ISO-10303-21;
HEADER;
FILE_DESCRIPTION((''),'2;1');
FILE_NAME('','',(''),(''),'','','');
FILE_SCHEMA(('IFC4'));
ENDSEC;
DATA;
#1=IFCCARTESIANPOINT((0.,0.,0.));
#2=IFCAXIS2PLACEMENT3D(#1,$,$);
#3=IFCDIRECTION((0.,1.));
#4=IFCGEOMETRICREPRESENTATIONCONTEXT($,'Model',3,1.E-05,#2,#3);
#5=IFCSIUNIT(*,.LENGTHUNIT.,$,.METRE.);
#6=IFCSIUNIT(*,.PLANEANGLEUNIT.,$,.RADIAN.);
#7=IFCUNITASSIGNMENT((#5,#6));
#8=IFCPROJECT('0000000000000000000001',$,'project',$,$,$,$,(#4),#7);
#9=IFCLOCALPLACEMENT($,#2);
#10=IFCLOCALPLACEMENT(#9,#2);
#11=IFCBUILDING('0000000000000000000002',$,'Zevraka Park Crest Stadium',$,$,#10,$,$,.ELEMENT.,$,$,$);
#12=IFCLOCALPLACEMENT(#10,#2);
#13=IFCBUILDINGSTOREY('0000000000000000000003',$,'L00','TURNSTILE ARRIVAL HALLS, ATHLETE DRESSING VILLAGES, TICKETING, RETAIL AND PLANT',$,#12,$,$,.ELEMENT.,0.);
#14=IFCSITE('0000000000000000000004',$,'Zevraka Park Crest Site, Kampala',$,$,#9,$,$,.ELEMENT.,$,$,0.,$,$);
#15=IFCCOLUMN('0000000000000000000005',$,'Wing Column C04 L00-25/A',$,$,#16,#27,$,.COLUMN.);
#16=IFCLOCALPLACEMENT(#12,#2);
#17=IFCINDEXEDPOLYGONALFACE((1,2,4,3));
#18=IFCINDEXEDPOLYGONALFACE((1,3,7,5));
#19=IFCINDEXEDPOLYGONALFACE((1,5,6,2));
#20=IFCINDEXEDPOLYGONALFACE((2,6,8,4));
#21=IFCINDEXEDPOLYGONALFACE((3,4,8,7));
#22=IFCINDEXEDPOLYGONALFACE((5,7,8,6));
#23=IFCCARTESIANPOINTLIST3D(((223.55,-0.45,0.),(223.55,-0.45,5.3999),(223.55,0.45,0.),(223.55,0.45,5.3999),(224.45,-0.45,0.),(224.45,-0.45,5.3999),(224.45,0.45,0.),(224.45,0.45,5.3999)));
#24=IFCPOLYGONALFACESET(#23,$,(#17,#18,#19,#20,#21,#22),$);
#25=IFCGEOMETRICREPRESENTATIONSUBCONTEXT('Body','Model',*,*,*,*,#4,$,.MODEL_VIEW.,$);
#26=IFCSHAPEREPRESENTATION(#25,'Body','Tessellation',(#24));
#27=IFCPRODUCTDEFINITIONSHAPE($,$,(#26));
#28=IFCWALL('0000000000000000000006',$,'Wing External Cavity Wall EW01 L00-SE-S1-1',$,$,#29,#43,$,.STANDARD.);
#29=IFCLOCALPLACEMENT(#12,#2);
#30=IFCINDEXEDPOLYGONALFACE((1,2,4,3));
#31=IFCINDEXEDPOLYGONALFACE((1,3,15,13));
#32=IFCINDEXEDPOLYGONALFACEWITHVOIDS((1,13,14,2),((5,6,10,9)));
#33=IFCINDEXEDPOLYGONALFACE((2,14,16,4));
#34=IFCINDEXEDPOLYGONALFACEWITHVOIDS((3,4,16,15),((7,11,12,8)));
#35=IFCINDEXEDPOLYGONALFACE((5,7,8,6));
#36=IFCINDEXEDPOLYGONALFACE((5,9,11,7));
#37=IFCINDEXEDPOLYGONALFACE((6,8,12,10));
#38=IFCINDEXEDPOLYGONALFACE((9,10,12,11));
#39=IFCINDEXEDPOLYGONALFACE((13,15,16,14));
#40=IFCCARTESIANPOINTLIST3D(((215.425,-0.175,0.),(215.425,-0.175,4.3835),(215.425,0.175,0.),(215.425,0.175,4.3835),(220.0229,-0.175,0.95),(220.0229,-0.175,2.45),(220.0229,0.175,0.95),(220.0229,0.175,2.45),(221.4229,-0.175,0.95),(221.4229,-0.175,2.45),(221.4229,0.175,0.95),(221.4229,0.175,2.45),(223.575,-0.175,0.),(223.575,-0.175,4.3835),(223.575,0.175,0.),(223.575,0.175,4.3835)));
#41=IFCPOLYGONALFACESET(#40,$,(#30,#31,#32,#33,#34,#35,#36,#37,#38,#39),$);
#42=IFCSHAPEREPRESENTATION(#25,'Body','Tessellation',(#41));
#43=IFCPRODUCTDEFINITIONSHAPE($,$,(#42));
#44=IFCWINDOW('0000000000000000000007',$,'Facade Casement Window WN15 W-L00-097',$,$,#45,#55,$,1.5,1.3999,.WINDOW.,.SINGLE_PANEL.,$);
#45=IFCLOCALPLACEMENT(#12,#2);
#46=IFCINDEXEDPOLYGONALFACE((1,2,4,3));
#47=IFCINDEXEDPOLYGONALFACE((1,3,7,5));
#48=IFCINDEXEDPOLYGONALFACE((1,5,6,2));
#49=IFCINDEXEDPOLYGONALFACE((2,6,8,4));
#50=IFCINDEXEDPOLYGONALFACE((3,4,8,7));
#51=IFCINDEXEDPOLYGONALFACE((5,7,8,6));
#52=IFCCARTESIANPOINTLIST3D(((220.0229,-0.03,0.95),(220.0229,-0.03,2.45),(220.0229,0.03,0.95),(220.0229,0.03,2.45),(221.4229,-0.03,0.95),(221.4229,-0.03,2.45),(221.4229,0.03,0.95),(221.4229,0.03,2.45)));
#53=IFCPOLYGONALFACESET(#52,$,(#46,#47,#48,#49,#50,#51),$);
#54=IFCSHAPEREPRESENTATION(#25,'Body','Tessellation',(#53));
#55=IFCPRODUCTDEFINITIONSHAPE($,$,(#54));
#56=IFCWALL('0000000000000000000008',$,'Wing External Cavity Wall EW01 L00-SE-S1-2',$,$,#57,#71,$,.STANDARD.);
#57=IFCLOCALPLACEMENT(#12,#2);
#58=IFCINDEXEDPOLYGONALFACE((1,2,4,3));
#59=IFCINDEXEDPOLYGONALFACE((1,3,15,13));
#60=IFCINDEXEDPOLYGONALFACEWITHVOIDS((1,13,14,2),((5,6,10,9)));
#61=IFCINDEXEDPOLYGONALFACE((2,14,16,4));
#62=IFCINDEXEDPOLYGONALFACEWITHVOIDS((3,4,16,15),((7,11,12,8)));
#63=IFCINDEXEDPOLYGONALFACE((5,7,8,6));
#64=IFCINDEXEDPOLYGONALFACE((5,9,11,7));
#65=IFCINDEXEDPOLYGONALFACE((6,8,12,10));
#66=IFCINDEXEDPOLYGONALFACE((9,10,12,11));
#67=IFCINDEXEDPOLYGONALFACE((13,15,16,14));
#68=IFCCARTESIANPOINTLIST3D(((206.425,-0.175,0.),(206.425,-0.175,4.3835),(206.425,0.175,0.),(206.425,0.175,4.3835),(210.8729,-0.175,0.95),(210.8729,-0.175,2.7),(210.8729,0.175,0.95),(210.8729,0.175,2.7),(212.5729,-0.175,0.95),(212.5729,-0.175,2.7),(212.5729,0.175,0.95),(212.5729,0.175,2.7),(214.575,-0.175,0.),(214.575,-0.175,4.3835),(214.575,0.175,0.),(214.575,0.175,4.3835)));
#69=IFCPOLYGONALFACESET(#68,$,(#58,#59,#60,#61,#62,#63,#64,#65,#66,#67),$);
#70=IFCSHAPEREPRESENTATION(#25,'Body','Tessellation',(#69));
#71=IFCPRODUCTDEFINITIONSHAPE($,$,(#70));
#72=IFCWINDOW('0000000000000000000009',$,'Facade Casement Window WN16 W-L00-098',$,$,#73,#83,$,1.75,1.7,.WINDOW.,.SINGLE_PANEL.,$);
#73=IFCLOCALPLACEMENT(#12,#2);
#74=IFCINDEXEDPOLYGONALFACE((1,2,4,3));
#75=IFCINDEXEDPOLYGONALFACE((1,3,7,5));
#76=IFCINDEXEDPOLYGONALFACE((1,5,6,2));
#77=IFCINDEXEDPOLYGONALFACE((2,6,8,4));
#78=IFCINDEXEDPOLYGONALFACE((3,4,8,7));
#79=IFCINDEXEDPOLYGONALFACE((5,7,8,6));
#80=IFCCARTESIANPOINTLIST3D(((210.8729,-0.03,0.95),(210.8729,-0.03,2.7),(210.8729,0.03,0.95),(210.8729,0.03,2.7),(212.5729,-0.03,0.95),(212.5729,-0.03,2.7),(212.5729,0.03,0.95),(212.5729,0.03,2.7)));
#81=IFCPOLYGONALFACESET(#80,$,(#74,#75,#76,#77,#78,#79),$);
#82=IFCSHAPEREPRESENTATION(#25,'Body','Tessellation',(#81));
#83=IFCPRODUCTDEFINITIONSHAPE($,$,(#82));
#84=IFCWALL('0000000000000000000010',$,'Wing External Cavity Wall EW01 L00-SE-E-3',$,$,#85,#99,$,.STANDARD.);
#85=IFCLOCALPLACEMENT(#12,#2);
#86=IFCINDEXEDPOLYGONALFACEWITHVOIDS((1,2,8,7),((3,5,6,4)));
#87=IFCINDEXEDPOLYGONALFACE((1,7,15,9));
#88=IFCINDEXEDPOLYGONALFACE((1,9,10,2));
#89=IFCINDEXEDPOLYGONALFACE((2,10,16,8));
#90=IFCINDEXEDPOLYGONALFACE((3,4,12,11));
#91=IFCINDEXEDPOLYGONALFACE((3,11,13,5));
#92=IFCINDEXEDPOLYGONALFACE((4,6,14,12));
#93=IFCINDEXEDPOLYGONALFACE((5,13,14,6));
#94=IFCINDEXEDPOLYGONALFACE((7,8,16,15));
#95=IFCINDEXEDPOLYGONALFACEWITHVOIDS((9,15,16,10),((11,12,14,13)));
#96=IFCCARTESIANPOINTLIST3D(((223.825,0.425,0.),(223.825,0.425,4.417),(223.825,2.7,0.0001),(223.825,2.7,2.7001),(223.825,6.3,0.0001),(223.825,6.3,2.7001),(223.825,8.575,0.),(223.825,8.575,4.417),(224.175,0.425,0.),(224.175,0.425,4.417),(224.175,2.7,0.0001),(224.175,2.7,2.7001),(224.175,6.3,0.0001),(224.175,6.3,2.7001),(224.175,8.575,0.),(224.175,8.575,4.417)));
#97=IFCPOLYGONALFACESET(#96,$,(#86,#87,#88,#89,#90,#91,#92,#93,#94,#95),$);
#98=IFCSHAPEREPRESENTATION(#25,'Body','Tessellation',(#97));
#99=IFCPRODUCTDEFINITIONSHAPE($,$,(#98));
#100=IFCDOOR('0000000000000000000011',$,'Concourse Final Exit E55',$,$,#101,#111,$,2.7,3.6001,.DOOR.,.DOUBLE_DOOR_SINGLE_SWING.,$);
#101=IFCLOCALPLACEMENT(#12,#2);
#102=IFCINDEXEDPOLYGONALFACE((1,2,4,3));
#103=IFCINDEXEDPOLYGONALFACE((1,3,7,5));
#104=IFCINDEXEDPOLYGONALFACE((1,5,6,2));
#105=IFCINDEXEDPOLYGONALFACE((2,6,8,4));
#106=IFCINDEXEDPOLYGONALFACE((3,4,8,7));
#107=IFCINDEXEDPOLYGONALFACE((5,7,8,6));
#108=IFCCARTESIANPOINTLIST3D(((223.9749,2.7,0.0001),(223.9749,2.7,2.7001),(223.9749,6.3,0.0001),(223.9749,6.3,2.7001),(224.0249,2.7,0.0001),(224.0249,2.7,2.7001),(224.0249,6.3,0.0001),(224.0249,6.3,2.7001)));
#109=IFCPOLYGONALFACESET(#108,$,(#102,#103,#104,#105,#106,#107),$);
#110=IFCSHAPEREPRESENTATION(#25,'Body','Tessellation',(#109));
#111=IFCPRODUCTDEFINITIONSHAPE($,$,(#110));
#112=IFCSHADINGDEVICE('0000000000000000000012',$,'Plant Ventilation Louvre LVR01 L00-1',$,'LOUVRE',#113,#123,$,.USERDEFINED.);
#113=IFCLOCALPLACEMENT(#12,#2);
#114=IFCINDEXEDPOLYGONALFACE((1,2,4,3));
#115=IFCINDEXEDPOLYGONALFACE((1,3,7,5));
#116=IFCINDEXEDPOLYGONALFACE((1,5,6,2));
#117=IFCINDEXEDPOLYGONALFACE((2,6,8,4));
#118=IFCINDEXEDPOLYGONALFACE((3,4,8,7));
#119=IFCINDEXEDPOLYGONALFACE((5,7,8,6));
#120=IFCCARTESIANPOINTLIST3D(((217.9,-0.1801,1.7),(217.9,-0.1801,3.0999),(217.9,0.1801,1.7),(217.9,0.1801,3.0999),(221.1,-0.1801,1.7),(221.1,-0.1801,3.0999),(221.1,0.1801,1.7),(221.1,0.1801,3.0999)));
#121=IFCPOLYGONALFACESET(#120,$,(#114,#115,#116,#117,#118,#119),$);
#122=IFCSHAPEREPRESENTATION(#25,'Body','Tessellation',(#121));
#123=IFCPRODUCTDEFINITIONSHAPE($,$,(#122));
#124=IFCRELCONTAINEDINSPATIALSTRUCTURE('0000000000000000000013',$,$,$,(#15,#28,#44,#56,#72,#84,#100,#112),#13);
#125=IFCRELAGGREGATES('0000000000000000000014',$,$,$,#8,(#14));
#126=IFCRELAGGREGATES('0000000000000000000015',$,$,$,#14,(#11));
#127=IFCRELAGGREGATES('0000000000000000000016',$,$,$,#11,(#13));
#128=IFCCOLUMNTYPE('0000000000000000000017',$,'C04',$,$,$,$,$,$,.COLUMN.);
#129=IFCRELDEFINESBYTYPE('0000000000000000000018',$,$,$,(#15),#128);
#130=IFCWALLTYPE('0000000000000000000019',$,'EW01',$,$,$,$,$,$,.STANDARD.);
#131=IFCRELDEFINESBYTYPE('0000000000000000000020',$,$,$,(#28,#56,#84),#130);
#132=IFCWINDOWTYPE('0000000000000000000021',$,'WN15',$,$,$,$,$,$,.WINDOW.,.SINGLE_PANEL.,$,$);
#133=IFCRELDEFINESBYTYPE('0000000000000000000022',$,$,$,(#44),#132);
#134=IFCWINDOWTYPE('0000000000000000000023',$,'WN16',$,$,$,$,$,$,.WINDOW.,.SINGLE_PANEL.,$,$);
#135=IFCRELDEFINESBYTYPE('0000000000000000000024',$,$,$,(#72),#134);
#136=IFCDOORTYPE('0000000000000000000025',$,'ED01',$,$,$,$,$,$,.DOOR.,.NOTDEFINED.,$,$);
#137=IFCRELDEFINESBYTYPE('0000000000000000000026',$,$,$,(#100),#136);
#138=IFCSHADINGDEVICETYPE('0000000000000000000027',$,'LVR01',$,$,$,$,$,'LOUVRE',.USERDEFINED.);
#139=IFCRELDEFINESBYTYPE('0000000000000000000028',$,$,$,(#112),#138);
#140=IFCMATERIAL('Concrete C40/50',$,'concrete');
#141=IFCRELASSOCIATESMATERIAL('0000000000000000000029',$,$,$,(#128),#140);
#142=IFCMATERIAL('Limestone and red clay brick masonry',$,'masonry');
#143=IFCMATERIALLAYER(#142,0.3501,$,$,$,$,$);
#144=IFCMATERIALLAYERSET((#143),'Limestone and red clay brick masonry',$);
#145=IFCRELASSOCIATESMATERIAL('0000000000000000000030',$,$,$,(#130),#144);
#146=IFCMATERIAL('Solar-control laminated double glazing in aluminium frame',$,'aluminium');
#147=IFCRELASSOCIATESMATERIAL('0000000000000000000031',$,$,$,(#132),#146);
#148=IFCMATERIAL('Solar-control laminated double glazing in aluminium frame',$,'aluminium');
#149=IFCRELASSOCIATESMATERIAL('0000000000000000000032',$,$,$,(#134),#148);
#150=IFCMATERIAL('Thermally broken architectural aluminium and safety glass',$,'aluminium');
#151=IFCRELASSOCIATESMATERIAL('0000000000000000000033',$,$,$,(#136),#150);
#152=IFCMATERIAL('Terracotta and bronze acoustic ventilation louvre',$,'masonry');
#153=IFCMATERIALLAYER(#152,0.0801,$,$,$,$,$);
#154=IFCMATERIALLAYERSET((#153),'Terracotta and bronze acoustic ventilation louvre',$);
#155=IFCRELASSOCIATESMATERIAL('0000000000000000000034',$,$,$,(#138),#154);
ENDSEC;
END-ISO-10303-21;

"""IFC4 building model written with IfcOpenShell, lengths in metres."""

from ifc_helpers import new_model, si_unit, direction, frame, frame_2d, origin, origin_2d, place, context, subcontext, project, spatial, rectangle, extrude, material, layer, layer_set, material_profile, profile_set, type_object, element, fill, save


model = new_model("IFC4")

# Units and contexts
model_context = context("Model", 3, precision=1e-05, world=origin(), true_north=direction((0.0, 1.0)))
body_context = subcontext(model_context, "Body", "Model", "MODEL_VIEW")
ifc_project = project(units=[si_unit("LENGTHUNIT", "METRE"), si_unit("PLANEANGLEUNIT", "RADIAN")], contexts=[model_context])

# Site, building, storey
site_placement = place(None, origin())
site = spatial("IfcSite", under=ifc_project, at=site_placement, Name="Zevraka Park Crest Site, Kampala", CompositionType="ELEMENT", RefElevation=0.0)
building_placement = place(site_placement, origin())
building = spatial("IfcBuilding", under=site, at=building_placement, Name="Zevraka Park Crest Stadium", CompositionType="ELEMENT")
storey_placement = place(building_placement, origin())
storey = spatial("IfcBuildingStorey", under=building, at=storey_placement, Name="L00", Description="TURNSTILE ARRIVAL HALLS, ATHLETE DRESSING VILLAGES, TICKETING, RETAIL AND PLANT", CompositionType="ELEMENT", Elevation=0.0)

# Column
ifc_material_1 = material(Name="Concrete C40/50", Category="concrete")
ifc_material_profile_1 = material_profile(ifc_material_1, rectangle(XDim=0.8999, YDim=0.8999, at=origin_2d()), Name="RC 900x900")
ifc_profile_set_1 = profile_set([ifc_material_profile_1], Name="Concrete C40/50")
column_type = type_object("IfcColumnType", Name="C04", PredefinedType="COLUMN", material=ifc_profile_set_1)
for number, where, z_axis, x_axis, name in (
    (1, (224.0, 0.0, 0.0), (0.0, 0.0, 1.0), (1.0, 0.0, 0.0), "Wing Column C04 L00-25/A"),
):
    element("IfcColumn", number, at=place(storey_placement, frame(where, z_axis=z_axis, x_axis=x_axis)), inside=storey, type_object=column_type, Name=name, PredefinedType="COLUMN", context=body_context, shape_type="SweptSolid", body=[
        extrude(rectangle(XDim=0.8999, YDim=0.8999, at=origin_2d()), origin(), (0.0, 0.0, 1.0), 5.3999),
    ])

# Walls, openings, windows
ifc_material_2 = material(Name="Limestone and red clay brick masonry", Category="masonry")
ifc_layer_1 = layer(ifc_material_2, 0.3501)
ifc_layer_set_1 = layer_set([ifc_layer_1], Name="Limestone and red clay brick masonry")
wall_type = type_object("IfcWallType", Name="EW01", PredefinedType="STANDARD", material=ifc_layer_set_1)
wall_1_placement = place(storey_placement, frame((223.575, 0.0, 0.0), z_axis=(0.0, 0.0, 1.0), x_axis=(-1.0, 0.0, 0.0)))
wall_1 = element("IfcWall", 2, at=wall_1_placement, inside=storey, type_object=wall_type, Name="Wing External Cavity Wall EW01 L00-SE-S1-1", PredefinedType="STANDARD", context=body_context, shape_type="SweptSolid", body=[
    extrude(rectangle(XDim=8.1499, YDim=0.3501, at=frame_2d((4.075, 0.0))), origin(), (0.0, 0.0, 1.0), 4.3835),
])
opening_1_placement = place(wall_1_placement, frame((2.1521, 0.0, 0.95)))
opening_1 = element("IfcOpeningElement", 3, at=opening_1_placement, cuts=wall_1, PredefinedType="OPENING", context=body_context, shape_type="SweptSolid", body=[
    extrude(rectangle(XDim=1.3999, YDim=1.5, at=frame_2d((0.7, 0.75))), frame((0.0, 0.1851, 0.0), z_axis=(0.0, -1.0, 0.0), x_axis=(1.0, 0.0, 0.0)), (0.0, 0.0, 1.0), 0.3701),
])
ifc_material_3 = material(Name="Solar-control laminated double glazing in aluminium frame", Category="aluminium")
window_type_1 = type_object("IfcWindowType", Name="WN15", PartitioningType="SINGLE_PANEL", PredefinedType="WINDOW", material=ifc_material_3)
window_1_placement = place(opening_1_placement, origin())
window_1 = element("IfcWindow", 4, at=window_1_placement, inside=storey, type_object=window_type_1, Name="Facade Casement Window WN15 W-L00-097", OverallHeight=1.5, OverallWidth=1.3999, PartitioningType="SINGLE_PANEL", PredefinedType="WINDOW", context=body_context, shape_type="SweptSolid", body=[
    extrude(rectangle(XDim=1.3999, YDim=1.5, at=frame_2d((0.7, 0.75))), frame((0.0, 0.03, 0.0), z_axis=(0.0, -1.0, 0.0), x_axis=(1.0, 0.0, 0.0)), (0.0, 0.0, 1.0), 0.0601),
])
fill(opening_1, window_1)
wall_2_placement = place(storey_placement, frame((214.575, 0.0, 0.0), z_axis=(0.0, 0.0, 1.0), x_axis=(-1.0, 0.0, 0.0)))
wall_2 = element("IfcWall", 5, at=wall_2_placement, inside=storey, type_object=wall_type, Name="Wing External Cavity Wall EW01 L00-SE-S1-2", PredefinedType="STANDARD", context=body_context, shape_type="SweptSolid", body=[
    extrude(rectangle(XDim=8.1499, YDim=0.3501, at=frame_2d((4.075, 0.0))), origin(), (0.0, 0.0, 1.0), 4.3835),
])
opening_2_placement = place(wall_2_placement, frame((2.002, 0.0, 0.95)))
opening_2 = element("IfcOpeningElement", 6, at=opening_2_placement, cuts=wall_2, PredefinedType="OPENING", context=body_context, shape_type="SweptSolid", body=[
    extrude(rectangle(XDim=1.7, YDim=1.75, at=frame_2d((0.8501, 0.875))), frame((0.0, 0.1851, 0.0), z_axis=(0.0, -1.0, 0.0), x_axis=(1.0, 0.0, 0.0)), (0.0, 0.0, 1.0), 0.3701),
])
ifc_material_4 = material(Name="Solar-control laminated double glazing in aluminium frame", Category="aluminium")
window_type_2 = type_object("IfcWindowType", Name="WN16", PartitioningType="SINGLE_PANEL", PredefinedType="WINDOW", material=ifc_material_4)
window_2_placement = place(opening_2_placement, origin())
window_2 = element("IfcWindow", 7, at=window_2_placement, inside=storey, type_object=window_type_2, Name="Facade Casement Window WN16 W-L00-098", OverallHeight=1.75, OverallWidth=1.7, PartitioningType="SINGLE_PANEL", PredefinedType="WINDOW", context=body_context, shape_type="SweptSolid", body=[
    extrude(rectangle(XDim=1.7, YDim=1.75, at=frame_2d((0.8501, 0.875))), frame((0.0, 0.03, 0.0), z_axis=(0.0, -1.0, 0.0), x_axis=(1.0, 0.0, 0.0)), (0.0, 0.0, 1.0), 0.0601),
])
fill(opening_2, window_2)

# Wall, opening, door
wall_3_placement = place(storey_placement, frame((224.0, 8.575, 0.0), z_axis=(0.0, 0.0, 1.0), x_axis=(0.0, -1.0, 0.0)))
wall_3 = element("IfcWall", 8, at=wall_3_placement, inside=storey, type_object=wall_type, Name="Wing External Cavity Wall EW01 L00-SE-E-3", PredefinedType="STANDARD", context=body_context, shape_type="SweptSolid", body=[
    extrude(rectangle(XDim=8.1499, YDim=0.3501, at=frame_2d((4.075, 0.0))), origin(), (0.0, 0.0, 1.0), 4.417),
])
opening_3_placement = place(wall_3_placement, frame((2.2749, 0.0, 0.0)))
opening_3 = element("IfcOpeningElement", 9, at=opening_3_placement, cuts=wall_3, PredefinedType="OPENING", context=body_context, shape_type="SweptSolid", body=[
    extrude(rectangle(XDim=3.6001, YDim=2.7, at=frame_2d((1.8, 1.3501))), frame((0.0, 0.1851, 0.0), z_axis=(0.0, -1.0, 0.0), x_axis=(1.0, 0.0, 0.0)), (0.0, 0.0, 1.0), 0.3701),
])
ifc_material_5 = material(Name="Thermally broken architectural aluminium and safety glass", Category="aluminium")
door_type = type_object("IfcDoorType", Name="ED01", OperationType="NOTDEFINED", PredefinedType="DOOR", material=ifc_material_5)
door_placement = place(opening_3_placement, origin())
door = element("IfcDoor", 10, at=door_placement, inside=storey, type_object=door_type, Name="Concourse Final Exit E55", OperationType="DOUBLE_DOOR_SINGLE_SWING", OverallHeight=2.7, OverallWidth=3.6001, PredefinedType="DOOR", context=body_context, shape_type="SweptSolid", body=[
    extrude(rectangle(XDim=3.6001, YDim=2.7, at=frame_2d((1.8, 1.3501))), frame((0.0, 0.0249, 0.0), z_axis=(0.0, -1.0, 0.0), x_axis=(1.0, 0.0, 0.0)), (0.0, 0.0, 1.0), 0.05),
])
fill(opening_3, door)

# Shading device
ifc_material_6 = material(Name="Terracotta and bronze acoustic ventilation louvre", Category="masonry")
ifc_layer_2 = layer(ifc_material_6, 0.0801)
ifc_layer_set_2 = layer_set([ifc_layer_2], Name="Terracotta and bronze acoustic ventilation louvre")
shading_device_type = type_object("IfcShadingDeviceType", Name="LVR01", ElementType="LOUVRE", PredefinedType="USERDEFINED", material=ifc_layer_set_2)
shading_device_placement = place(storey_placement, frame((219.5, 0.0, 1.7), z_axis=(0.0, 0.0, 1.0), x_axis=(-1.0, 0.0, 0.0)))
element("IfcShadingDevice", 11, at=shading_device_placement, inside=storey, type_object=shading_device_type, Name="Plant Ventilation Louvre LVR01 L00-1", ObjectType="LOUVRE", PredefinedType="USERDEFINED", context=body_context, shape_type="SweptSolid", body=[
    extrude(rectangle(XDim=3.2, YDim=0.3601, at=origin_2d()), origin(), (0.0, 0.0, 1.0), 1.3999),
])

save(model, "model.ifc")
